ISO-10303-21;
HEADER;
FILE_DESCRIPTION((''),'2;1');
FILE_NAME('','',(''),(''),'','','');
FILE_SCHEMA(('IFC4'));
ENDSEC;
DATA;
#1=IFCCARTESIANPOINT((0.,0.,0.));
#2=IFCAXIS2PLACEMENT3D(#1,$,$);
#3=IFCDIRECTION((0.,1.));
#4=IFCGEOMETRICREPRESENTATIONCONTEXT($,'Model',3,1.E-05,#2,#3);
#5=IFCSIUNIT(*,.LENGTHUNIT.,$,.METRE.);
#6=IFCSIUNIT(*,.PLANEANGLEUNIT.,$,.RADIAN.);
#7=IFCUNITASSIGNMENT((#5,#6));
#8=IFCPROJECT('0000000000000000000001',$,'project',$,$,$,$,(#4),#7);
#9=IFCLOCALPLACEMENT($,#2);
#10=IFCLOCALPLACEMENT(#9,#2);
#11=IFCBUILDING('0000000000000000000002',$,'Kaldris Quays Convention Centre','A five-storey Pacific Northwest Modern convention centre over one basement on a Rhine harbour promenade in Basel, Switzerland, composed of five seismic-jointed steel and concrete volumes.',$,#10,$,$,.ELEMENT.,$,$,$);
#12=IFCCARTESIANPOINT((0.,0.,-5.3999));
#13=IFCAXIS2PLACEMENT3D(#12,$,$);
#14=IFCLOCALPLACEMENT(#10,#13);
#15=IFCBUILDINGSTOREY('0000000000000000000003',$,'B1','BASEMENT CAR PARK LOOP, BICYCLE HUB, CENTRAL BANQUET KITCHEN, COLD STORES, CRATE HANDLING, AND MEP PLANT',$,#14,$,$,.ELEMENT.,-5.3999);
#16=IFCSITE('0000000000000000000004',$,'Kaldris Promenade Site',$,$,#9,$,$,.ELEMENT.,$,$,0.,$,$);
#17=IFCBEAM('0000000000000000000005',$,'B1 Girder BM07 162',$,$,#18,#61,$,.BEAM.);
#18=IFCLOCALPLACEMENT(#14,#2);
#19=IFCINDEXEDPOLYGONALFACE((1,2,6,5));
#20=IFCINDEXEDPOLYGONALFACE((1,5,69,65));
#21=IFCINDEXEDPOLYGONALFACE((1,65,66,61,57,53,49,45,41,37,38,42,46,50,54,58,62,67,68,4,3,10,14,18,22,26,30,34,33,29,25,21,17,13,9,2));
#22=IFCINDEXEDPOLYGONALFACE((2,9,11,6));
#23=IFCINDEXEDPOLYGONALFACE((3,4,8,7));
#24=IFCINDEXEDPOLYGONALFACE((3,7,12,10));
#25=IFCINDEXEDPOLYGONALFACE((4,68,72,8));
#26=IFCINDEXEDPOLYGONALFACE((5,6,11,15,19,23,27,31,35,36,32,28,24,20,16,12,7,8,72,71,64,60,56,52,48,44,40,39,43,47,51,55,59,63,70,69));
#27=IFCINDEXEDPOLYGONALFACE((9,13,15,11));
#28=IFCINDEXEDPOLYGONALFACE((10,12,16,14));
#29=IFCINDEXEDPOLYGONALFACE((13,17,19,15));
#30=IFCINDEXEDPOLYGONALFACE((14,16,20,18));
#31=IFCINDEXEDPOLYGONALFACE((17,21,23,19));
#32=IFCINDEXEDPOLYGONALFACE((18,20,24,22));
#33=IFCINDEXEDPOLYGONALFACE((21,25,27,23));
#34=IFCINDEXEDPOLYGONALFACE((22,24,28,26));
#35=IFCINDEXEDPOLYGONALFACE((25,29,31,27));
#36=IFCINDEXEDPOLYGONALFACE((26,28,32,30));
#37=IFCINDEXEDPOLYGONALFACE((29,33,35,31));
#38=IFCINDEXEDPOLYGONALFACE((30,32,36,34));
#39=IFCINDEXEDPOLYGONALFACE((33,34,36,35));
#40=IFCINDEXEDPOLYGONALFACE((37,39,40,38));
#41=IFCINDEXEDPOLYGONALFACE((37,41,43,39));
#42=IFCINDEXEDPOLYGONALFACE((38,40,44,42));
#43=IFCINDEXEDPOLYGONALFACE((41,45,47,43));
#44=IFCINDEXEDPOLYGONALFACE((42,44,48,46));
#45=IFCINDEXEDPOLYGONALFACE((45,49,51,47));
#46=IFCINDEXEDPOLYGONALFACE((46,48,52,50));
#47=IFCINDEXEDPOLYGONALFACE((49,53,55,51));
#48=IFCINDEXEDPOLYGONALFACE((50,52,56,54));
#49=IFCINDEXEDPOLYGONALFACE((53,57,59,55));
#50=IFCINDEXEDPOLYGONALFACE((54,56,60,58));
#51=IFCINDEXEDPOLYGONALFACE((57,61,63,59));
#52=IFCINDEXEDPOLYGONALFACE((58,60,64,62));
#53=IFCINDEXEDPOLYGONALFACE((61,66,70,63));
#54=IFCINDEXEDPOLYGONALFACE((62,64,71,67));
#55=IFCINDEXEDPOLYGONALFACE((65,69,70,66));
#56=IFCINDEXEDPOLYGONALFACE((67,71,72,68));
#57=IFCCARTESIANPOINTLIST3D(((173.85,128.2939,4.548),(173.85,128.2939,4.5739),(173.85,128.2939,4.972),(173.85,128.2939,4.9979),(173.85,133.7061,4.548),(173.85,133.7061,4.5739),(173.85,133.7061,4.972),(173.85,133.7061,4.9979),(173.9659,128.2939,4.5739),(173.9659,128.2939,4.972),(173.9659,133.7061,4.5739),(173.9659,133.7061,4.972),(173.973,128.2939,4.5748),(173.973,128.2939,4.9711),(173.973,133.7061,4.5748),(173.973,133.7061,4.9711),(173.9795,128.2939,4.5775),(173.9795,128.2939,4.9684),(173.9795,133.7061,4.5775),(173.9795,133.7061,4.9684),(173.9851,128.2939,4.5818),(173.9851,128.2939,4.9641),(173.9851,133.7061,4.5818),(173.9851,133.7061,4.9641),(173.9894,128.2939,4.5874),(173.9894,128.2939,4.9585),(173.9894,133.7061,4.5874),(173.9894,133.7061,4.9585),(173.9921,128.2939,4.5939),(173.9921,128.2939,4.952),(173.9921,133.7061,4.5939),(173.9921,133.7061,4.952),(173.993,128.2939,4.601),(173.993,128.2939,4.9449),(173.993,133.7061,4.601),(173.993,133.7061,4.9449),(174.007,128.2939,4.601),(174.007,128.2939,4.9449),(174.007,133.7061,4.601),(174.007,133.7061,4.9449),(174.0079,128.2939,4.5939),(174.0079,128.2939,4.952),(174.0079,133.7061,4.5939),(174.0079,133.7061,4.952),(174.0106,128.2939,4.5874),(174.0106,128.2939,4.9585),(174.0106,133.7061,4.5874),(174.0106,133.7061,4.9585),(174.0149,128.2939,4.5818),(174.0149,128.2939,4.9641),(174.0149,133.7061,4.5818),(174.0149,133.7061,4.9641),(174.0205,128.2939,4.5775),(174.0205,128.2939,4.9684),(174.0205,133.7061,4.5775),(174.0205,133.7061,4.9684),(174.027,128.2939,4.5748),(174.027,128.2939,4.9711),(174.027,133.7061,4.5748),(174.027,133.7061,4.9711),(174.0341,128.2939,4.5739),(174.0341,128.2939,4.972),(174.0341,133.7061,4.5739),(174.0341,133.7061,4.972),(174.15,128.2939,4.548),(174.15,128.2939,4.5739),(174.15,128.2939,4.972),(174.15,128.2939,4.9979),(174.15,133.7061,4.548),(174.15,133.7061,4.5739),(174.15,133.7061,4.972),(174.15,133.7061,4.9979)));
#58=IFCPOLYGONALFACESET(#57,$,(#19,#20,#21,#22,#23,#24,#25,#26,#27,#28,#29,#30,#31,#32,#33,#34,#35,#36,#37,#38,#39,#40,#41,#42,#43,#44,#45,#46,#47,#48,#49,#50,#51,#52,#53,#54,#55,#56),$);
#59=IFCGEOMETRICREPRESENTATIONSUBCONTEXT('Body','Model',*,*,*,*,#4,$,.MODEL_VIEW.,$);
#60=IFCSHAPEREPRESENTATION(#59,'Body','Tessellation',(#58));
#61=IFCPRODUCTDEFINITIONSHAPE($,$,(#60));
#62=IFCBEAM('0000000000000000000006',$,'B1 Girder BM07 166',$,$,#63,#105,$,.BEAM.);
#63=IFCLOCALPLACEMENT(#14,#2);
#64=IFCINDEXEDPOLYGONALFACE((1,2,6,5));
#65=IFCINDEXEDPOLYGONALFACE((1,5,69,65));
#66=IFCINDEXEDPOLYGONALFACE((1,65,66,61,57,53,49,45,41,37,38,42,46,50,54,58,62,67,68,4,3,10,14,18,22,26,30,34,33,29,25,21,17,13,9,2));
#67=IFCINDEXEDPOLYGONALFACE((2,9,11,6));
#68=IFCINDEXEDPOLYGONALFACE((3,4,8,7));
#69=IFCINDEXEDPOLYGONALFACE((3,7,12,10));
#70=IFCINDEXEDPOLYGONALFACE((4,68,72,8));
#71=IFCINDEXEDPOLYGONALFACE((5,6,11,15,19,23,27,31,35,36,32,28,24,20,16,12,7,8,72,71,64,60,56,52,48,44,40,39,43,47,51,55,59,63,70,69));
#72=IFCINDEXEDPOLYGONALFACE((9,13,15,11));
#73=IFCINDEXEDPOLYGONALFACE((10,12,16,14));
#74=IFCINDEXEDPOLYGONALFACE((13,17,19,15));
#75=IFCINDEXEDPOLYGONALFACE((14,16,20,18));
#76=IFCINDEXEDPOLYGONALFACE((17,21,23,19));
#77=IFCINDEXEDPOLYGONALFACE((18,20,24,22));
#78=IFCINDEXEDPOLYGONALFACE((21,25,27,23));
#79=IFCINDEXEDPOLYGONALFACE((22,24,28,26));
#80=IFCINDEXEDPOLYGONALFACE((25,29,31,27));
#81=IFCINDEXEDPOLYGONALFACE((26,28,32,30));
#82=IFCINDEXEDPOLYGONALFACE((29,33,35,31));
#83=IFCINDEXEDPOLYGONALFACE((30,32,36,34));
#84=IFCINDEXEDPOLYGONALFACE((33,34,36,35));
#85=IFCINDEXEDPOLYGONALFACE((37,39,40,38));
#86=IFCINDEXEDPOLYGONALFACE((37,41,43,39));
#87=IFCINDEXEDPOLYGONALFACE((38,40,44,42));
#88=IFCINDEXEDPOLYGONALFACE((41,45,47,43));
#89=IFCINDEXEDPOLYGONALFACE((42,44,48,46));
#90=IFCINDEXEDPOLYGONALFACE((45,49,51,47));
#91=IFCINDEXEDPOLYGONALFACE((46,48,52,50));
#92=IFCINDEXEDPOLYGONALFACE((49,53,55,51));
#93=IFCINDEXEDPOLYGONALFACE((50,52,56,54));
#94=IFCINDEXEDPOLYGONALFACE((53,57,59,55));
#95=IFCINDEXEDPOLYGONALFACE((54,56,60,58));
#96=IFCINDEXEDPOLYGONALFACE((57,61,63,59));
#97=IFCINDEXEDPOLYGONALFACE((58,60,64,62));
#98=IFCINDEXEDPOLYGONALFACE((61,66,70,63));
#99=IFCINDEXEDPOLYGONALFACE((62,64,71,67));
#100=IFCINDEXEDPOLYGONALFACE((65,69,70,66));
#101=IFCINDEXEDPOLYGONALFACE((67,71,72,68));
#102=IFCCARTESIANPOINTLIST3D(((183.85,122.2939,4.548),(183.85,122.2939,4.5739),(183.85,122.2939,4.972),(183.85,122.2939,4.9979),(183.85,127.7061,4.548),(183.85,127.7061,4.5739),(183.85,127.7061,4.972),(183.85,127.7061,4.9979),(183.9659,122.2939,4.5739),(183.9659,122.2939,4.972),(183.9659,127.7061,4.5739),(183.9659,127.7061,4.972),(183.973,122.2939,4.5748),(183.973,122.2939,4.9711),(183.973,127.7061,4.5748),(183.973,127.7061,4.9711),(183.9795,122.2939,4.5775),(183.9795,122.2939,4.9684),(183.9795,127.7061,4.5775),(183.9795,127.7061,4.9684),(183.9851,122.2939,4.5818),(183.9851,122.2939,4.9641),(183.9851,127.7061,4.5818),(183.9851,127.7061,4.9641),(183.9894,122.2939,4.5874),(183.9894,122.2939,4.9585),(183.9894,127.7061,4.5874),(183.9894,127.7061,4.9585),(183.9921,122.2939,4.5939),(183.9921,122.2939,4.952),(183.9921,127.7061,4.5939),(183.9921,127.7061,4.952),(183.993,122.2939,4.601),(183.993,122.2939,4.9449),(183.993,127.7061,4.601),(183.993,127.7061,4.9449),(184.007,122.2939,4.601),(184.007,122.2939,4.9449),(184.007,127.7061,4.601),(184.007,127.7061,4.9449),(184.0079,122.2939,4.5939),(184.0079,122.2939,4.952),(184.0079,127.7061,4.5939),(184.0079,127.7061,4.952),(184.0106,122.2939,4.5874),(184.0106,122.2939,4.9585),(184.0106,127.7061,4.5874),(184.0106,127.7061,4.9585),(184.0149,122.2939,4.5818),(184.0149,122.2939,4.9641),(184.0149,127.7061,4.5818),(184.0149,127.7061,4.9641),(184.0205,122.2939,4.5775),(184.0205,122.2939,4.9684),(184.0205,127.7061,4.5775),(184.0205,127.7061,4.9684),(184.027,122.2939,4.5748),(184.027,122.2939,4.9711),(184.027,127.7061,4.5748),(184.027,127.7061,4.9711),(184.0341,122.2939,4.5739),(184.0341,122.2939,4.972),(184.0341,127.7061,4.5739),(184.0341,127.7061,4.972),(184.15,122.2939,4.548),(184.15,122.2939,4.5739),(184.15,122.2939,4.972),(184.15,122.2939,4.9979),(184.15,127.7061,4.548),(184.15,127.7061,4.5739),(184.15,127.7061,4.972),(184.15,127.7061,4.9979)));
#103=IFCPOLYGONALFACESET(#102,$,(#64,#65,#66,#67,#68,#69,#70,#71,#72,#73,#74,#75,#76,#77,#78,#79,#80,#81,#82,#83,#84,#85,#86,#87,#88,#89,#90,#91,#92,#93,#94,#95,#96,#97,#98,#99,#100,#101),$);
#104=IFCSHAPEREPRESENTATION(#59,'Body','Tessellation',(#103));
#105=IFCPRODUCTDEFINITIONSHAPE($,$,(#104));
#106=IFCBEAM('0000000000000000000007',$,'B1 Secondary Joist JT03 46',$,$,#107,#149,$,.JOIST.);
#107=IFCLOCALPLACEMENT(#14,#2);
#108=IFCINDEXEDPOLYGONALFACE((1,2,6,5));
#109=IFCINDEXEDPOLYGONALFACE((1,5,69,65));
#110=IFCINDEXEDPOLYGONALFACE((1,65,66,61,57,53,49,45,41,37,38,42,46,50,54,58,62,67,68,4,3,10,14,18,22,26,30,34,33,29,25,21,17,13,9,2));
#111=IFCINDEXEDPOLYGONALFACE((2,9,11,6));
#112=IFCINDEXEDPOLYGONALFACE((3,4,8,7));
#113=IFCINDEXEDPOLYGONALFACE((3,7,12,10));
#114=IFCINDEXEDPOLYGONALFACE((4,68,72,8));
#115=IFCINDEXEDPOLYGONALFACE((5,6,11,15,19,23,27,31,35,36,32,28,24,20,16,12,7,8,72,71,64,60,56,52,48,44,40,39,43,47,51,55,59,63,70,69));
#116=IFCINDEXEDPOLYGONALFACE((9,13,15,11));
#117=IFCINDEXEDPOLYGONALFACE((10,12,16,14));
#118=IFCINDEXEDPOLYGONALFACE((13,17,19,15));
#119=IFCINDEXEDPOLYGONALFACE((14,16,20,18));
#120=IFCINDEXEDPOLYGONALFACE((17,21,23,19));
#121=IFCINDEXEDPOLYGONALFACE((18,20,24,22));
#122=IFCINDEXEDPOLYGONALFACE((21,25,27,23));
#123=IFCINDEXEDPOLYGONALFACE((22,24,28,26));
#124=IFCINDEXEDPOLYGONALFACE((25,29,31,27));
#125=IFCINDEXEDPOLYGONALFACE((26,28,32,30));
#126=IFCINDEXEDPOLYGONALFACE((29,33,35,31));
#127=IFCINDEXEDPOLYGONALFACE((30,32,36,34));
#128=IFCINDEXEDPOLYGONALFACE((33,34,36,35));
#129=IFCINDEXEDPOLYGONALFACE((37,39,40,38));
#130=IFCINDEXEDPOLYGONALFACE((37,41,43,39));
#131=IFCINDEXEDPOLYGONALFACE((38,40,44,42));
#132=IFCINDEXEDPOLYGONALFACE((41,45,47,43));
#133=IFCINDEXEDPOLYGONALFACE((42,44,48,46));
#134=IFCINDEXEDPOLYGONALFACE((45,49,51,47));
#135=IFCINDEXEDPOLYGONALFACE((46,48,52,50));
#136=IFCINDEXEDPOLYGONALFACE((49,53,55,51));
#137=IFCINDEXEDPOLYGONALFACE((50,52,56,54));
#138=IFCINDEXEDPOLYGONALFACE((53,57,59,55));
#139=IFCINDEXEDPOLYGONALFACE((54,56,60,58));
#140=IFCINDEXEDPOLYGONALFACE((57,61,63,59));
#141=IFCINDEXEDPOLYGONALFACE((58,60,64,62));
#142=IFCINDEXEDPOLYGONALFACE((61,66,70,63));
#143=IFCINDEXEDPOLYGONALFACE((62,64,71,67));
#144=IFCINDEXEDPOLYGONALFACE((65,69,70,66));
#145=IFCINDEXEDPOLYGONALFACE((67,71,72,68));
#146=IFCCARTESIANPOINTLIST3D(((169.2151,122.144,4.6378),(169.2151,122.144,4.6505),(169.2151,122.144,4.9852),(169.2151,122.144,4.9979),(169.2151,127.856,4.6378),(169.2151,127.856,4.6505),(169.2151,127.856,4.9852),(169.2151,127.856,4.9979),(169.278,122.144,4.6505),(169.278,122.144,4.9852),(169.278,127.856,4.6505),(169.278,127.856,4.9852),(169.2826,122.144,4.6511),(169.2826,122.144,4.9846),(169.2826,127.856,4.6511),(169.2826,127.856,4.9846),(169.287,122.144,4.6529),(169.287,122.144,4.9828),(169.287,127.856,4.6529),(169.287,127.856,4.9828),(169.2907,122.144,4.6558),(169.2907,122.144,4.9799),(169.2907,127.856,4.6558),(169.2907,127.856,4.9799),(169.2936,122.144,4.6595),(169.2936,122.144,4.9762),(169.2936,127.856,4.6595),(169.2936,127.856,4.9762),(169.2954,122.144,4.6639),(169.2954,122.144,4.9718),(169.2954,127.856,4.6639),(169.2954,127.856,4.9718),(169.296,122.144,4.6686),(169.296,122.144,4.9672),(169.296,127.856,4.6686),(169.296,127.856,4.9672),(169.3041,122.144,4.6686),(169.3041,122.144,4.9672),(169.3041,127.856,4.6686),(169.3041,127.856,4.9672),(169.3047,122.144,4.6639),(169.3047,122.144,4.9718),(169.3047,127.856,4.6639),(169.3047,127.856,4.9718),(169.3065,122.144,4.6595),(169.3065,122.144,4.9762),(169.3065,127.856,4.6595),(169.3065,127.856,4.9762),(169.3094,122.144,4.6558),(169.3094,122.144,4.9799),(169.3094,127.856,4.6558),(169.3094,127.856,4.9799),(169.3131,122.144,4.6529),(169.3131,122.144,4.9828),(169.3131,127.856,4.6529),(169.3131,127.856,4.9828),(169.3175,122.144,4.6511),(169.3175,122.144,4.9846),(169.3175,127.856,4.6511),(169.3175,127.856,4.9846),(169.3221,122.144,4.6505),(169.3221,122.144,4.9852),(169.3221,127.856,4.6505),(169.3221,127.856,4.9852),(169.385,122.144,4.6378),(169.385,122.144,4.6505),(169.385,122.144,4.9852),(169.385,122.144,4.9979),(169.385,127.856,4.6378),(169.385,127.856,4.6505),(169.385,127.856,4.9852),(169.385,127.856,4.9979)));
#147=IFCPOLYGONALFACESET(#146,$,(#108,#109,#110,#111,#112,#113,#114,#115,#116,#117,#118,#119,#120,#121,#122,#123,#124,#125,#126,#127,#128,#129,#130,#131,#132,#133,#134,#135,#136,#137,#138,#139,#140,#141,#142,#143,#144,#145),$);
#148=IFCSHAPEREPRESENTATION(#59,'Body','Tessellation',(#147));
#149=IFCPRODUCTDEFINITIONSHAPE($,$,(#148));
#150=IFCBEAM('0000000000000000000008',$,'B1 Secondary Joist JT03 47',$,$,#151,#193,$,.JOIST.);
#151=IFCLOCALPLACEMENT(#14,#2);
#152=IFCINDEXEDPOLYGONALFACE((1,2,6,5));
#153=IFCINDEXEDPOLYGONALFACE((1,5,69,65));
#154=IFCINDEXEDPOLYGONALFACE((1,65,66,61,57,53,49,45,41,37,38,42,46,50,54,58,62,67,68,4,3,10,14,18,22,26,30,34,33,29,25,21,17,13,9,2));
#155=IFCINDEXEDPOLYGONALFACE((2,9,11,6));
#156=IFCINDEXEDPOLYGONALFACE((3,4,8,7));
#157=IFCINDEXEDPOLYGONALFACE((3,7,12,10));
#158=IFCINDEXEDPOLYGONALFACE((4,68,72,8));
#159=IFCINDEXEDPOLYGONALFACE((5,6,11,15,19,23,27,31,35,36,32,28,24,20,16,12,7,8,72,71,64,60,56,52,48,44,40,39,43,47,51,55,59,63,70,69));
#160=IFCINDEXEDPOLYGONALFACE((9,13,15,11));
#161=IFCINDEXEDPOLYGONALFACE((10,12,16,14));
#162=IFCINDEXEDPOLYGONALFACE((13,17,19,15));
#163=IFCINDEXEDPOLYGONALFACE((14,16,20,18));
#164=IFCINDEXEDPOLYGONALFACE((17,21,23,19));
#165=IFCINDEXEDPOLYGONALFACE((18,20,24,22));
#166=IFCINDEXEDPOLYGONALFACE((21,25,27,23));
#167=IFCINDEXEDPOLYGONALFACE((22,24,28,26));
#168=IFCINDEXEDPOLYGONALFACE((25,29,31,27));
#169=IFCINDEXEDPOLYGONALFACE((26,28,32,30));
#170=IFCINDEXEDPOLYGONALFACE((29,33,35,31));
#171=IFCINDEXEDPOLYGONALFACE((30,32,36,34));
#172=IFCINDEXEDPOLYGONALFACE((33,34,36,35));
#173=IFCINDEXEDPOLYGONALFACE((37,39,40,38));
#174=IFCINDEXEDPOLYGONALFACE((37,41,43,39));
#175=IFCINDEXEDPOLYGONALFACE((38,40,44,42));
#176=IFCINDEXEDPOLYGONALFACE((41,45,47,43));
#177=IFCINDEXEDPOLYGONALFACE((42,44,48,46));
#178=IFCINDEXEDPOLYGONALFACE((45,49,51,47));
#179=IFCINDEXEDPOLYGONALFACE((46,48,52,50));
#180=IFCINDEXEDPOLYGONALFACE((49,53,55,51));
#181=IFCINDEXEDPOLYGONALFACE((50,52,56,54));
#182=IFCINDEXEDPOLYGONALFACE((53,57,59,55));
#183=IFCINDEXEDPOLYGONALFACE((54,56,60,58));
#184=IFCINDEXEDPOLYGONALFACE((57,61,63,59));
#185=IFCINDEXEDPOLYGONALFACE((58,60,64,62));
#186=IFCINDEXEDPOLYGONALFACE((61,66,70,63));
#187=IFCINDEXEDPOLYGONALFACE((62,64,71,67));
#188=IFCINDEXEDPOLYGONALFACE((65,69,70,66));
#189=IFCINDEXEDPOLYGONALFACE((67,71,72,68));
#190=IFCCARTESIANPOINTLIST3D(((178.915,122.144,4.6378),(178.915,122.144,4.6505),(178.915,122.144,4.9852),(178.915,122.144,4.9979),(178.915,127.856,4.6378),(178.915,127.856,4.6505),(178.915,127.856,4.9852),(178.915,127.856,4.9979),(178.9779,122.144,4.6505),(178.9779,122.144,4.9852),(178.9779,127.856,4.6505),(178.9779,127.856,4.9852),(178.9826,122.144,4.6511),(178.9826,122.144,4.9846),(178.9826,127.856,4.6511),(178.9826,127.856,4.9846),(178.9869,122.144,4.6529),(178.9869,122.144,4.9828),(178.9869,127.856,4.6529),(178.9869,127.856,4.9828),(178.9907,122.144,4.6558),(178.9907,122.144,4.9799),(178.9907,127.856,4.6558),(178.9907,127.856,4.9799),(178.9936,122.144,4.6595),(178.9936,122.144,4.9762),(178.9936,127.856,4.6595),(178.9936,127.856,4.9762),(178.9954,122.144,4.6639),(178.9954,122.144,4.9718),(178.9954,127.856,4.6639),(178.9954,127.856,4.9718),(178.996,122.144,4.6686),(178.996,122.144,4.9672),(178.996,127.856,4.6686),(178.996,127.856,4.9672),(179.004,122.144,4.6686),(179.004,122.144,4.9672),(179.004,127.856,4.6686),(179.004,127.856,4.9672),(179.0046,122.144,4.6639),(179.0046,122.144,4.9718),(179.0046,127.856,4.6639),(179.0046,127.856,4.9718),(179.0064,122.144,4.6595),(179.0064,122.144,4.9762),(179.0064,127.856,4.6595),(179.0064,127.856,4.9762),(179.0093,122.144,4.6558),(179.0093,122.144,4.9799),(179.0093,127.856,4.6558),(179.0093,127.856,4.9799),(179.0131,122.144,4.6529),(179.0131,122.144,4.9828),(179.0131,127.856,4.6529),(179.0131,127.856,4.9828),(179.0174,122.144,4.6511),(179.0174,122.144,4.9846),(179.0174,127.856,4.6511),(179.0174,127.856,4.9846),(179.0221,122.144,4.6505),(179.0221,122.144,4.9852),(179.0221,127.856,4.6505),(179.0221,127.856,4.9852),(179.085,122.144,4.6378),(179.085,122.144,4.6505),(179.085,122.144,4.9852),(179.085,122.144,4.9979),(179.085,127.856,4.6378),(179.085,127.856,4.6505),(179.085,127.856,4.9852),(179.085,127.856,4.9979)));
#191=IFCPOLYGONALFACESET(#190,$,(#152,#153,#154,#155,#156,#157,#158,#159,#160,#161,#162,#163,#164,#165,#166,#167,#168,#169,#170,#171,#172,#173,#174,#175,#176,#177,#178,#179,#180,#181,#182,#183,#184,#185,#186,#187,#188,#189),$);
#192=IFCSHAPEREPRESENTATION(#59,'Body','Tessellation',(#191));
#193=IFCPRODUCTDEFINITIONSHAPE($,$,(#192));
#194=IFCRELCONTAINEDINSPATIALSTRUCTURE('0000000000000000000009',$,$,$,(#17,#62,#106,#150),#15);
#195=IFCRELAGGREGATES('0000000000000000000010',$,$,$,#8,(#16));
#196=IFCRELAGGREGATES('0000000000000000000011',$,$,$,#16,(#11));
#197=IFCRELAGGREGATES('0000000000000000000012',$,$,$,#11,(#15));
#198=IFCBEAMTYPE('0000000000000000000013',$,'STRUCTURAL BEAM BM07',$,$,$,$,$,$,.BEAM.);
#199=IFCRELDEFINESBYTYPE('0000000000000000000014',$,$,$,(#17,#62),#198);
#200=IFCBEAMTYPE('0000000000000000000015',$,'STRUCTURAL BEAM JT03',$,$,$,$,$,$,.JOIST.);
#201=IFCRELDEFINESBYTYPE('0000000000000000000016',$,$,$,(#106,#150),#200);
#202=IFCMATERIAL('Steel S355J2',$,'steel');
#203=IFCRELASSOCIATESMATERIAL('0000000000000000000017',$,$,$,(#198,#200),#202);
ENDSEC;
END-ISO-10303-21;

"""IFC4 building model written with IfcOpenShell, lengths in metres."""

from ifc_helpers import new_model, si_unit, direction, frame, origin, origin_2d, place, context, subcontext, project, spatial, i_section, extrude, material, material_profile, profile_set, type_object, element, save


model = new_model("IFC4")

# Units and contexts
model_context = context("Model", 3, precision=1e-05, world=origin(), true_north=direction((0.0, 1.0)))
body_context = subcontext(model_context, "Body", "Model", "MODEL_VIEW")
ifc_project = project(units=[si_unit("LENGTHUNIT", "METRE"), si_unit("PLANEANGLEUNIT", "RADIAN")], contexts=[model_context])

# Site, building, storey
site_placement = place(None, origin())
site = spatial("IfcSite", under=ifc_project, at=site_placement, Name="Kaldris Promenade Site", CompositionType="ELEMENT", RefElevation=0.0)
building_placement = place(site_placement, origin())
building = spatial("IfcBuilding", under=site, at=building_placement, Name="Kaldris Quays Convention Centre", Description="A five-storey Pacific Northwest Modern convention centre over one basement on a Rhine harbour promenade in Basel, Switzerland, composed of five seismic-jointed steel and concrete volumes.", CompositionType="ELEMENT")
storey_placement = place(building_placement, frame((0.0, 0.0, -5.3999)))
storey = spatial("IfcBuildingStorey", under=building, at=storey_placement, Name="B1", Description="BASEMENT CAR PARK LOOP, BICYCLE HUB, CENTRAL BANQUET KITCHEN, COLD STORES, CRATE HANDLING, AND MEP PLANT", CompositionType="ELEMENT", Elevation=-5.3999)

# Beams
ifc_material_1 = material(Name="Steel S355J2", Category="steel")
ifc_material_profile_1 = material_profile(ifc_material_1, i_section(OverallWidth=0.3, OverallDepth=0.45, WebThickness=0.0139, FlangeThickness=0.0259, FilletRadius=0.0271, at=origin_2d()), Name="HEB 450")
ifc_profile_set_1 = profile_set([ifc_material_profile_1], Name="Steel S355J2")
beam_type_1 = type_object("IfcBeamType", Name="STRUCTURAL BEAM BM07", PredefinedType="BEAM", material=ifc_profile_set_1)
for number, where, z_axis, x_axis, name in (
    (1, (174.0, 128.2939, 4.7729), (0.0, 1.0, 0.0), (-1.0, 0.0, 0.0), "B1 Girder BM07 162"),
    (2, (184.0, 122.2939, 4.7729), (0.0, 1.0, 0.0), (-1.0, 0.0, 0.0), "B1 Girder BM07 166"),
):
    element("IfcBeam", number, at=place(storey_placement, frame(where, z_axis=z_axis, x_axis=x_axis)), inside=storey, type_object=beam_type_1, Name=name, PredefinedType="BEAM", context=body_context, shape_type="SweptSolid", body=[
        extrude(i_section(OverallWidth=0.3, OverallDepth=0.45, WebThickness=0.0139, FlangeThickness=0.0259, FilletRadius=0.0271, at=origin_2d()), origin(), (0.0, 0.0, 1.0), 5.4121),
    ])
ifc_material_profile_2 = material_profile(ifc_material_1, i_section(OverallWidth=0.1699, OverallDepth=0.3601, WebThickness=0.0081, FlangeThickness=0.0127, FilletRadius=0.0181, at=origin_2d()), Name="IPE 360")
ifc_profile_set_2 = profile_set([ifc_material_profile_2], Name="Steel S355J2")
beam_type_2 = type_object("IfcBeamType", Name="STRUCTURAL BEAM JT03", PredefinedType="JOIST", material=ifc_profile_set_2)
for number, where, z_axis, x_axis, name in (
    (3, (169.3, 122.144, 4.8179), (0.0, 1.0, 0.0), (-1.0, 0.0, 0.0), "B1 Secondary Joist JT03 46"),
    (4, (179.0, 122.144, 4.8179), (0.0, 1.0, 0.0), (-1.0, 0.0, 0.0), "B1 Secondary Joist JT03 47"),
):
    element("IfcBeam", number, at=place(storey_placement, frame(where, z_axis=z_axis, x_axis=x_axis)), inside=storey, type_object=beam_type_2, Name=name, PredefinedType="JOIST", context=body_context, shape_type="SweptSolid", body=[
        extrude(i_section(OverallWidth=0.1699, OverallDepth=0.3601, WebThickness=0.0081, FlangeThickness=0.0127, FilletRadius=0.0181, at=origin_2d()), origin(), (0.0, 0.0, 1.0), 5.7119),
    ])

save(model, "model.ifc")
